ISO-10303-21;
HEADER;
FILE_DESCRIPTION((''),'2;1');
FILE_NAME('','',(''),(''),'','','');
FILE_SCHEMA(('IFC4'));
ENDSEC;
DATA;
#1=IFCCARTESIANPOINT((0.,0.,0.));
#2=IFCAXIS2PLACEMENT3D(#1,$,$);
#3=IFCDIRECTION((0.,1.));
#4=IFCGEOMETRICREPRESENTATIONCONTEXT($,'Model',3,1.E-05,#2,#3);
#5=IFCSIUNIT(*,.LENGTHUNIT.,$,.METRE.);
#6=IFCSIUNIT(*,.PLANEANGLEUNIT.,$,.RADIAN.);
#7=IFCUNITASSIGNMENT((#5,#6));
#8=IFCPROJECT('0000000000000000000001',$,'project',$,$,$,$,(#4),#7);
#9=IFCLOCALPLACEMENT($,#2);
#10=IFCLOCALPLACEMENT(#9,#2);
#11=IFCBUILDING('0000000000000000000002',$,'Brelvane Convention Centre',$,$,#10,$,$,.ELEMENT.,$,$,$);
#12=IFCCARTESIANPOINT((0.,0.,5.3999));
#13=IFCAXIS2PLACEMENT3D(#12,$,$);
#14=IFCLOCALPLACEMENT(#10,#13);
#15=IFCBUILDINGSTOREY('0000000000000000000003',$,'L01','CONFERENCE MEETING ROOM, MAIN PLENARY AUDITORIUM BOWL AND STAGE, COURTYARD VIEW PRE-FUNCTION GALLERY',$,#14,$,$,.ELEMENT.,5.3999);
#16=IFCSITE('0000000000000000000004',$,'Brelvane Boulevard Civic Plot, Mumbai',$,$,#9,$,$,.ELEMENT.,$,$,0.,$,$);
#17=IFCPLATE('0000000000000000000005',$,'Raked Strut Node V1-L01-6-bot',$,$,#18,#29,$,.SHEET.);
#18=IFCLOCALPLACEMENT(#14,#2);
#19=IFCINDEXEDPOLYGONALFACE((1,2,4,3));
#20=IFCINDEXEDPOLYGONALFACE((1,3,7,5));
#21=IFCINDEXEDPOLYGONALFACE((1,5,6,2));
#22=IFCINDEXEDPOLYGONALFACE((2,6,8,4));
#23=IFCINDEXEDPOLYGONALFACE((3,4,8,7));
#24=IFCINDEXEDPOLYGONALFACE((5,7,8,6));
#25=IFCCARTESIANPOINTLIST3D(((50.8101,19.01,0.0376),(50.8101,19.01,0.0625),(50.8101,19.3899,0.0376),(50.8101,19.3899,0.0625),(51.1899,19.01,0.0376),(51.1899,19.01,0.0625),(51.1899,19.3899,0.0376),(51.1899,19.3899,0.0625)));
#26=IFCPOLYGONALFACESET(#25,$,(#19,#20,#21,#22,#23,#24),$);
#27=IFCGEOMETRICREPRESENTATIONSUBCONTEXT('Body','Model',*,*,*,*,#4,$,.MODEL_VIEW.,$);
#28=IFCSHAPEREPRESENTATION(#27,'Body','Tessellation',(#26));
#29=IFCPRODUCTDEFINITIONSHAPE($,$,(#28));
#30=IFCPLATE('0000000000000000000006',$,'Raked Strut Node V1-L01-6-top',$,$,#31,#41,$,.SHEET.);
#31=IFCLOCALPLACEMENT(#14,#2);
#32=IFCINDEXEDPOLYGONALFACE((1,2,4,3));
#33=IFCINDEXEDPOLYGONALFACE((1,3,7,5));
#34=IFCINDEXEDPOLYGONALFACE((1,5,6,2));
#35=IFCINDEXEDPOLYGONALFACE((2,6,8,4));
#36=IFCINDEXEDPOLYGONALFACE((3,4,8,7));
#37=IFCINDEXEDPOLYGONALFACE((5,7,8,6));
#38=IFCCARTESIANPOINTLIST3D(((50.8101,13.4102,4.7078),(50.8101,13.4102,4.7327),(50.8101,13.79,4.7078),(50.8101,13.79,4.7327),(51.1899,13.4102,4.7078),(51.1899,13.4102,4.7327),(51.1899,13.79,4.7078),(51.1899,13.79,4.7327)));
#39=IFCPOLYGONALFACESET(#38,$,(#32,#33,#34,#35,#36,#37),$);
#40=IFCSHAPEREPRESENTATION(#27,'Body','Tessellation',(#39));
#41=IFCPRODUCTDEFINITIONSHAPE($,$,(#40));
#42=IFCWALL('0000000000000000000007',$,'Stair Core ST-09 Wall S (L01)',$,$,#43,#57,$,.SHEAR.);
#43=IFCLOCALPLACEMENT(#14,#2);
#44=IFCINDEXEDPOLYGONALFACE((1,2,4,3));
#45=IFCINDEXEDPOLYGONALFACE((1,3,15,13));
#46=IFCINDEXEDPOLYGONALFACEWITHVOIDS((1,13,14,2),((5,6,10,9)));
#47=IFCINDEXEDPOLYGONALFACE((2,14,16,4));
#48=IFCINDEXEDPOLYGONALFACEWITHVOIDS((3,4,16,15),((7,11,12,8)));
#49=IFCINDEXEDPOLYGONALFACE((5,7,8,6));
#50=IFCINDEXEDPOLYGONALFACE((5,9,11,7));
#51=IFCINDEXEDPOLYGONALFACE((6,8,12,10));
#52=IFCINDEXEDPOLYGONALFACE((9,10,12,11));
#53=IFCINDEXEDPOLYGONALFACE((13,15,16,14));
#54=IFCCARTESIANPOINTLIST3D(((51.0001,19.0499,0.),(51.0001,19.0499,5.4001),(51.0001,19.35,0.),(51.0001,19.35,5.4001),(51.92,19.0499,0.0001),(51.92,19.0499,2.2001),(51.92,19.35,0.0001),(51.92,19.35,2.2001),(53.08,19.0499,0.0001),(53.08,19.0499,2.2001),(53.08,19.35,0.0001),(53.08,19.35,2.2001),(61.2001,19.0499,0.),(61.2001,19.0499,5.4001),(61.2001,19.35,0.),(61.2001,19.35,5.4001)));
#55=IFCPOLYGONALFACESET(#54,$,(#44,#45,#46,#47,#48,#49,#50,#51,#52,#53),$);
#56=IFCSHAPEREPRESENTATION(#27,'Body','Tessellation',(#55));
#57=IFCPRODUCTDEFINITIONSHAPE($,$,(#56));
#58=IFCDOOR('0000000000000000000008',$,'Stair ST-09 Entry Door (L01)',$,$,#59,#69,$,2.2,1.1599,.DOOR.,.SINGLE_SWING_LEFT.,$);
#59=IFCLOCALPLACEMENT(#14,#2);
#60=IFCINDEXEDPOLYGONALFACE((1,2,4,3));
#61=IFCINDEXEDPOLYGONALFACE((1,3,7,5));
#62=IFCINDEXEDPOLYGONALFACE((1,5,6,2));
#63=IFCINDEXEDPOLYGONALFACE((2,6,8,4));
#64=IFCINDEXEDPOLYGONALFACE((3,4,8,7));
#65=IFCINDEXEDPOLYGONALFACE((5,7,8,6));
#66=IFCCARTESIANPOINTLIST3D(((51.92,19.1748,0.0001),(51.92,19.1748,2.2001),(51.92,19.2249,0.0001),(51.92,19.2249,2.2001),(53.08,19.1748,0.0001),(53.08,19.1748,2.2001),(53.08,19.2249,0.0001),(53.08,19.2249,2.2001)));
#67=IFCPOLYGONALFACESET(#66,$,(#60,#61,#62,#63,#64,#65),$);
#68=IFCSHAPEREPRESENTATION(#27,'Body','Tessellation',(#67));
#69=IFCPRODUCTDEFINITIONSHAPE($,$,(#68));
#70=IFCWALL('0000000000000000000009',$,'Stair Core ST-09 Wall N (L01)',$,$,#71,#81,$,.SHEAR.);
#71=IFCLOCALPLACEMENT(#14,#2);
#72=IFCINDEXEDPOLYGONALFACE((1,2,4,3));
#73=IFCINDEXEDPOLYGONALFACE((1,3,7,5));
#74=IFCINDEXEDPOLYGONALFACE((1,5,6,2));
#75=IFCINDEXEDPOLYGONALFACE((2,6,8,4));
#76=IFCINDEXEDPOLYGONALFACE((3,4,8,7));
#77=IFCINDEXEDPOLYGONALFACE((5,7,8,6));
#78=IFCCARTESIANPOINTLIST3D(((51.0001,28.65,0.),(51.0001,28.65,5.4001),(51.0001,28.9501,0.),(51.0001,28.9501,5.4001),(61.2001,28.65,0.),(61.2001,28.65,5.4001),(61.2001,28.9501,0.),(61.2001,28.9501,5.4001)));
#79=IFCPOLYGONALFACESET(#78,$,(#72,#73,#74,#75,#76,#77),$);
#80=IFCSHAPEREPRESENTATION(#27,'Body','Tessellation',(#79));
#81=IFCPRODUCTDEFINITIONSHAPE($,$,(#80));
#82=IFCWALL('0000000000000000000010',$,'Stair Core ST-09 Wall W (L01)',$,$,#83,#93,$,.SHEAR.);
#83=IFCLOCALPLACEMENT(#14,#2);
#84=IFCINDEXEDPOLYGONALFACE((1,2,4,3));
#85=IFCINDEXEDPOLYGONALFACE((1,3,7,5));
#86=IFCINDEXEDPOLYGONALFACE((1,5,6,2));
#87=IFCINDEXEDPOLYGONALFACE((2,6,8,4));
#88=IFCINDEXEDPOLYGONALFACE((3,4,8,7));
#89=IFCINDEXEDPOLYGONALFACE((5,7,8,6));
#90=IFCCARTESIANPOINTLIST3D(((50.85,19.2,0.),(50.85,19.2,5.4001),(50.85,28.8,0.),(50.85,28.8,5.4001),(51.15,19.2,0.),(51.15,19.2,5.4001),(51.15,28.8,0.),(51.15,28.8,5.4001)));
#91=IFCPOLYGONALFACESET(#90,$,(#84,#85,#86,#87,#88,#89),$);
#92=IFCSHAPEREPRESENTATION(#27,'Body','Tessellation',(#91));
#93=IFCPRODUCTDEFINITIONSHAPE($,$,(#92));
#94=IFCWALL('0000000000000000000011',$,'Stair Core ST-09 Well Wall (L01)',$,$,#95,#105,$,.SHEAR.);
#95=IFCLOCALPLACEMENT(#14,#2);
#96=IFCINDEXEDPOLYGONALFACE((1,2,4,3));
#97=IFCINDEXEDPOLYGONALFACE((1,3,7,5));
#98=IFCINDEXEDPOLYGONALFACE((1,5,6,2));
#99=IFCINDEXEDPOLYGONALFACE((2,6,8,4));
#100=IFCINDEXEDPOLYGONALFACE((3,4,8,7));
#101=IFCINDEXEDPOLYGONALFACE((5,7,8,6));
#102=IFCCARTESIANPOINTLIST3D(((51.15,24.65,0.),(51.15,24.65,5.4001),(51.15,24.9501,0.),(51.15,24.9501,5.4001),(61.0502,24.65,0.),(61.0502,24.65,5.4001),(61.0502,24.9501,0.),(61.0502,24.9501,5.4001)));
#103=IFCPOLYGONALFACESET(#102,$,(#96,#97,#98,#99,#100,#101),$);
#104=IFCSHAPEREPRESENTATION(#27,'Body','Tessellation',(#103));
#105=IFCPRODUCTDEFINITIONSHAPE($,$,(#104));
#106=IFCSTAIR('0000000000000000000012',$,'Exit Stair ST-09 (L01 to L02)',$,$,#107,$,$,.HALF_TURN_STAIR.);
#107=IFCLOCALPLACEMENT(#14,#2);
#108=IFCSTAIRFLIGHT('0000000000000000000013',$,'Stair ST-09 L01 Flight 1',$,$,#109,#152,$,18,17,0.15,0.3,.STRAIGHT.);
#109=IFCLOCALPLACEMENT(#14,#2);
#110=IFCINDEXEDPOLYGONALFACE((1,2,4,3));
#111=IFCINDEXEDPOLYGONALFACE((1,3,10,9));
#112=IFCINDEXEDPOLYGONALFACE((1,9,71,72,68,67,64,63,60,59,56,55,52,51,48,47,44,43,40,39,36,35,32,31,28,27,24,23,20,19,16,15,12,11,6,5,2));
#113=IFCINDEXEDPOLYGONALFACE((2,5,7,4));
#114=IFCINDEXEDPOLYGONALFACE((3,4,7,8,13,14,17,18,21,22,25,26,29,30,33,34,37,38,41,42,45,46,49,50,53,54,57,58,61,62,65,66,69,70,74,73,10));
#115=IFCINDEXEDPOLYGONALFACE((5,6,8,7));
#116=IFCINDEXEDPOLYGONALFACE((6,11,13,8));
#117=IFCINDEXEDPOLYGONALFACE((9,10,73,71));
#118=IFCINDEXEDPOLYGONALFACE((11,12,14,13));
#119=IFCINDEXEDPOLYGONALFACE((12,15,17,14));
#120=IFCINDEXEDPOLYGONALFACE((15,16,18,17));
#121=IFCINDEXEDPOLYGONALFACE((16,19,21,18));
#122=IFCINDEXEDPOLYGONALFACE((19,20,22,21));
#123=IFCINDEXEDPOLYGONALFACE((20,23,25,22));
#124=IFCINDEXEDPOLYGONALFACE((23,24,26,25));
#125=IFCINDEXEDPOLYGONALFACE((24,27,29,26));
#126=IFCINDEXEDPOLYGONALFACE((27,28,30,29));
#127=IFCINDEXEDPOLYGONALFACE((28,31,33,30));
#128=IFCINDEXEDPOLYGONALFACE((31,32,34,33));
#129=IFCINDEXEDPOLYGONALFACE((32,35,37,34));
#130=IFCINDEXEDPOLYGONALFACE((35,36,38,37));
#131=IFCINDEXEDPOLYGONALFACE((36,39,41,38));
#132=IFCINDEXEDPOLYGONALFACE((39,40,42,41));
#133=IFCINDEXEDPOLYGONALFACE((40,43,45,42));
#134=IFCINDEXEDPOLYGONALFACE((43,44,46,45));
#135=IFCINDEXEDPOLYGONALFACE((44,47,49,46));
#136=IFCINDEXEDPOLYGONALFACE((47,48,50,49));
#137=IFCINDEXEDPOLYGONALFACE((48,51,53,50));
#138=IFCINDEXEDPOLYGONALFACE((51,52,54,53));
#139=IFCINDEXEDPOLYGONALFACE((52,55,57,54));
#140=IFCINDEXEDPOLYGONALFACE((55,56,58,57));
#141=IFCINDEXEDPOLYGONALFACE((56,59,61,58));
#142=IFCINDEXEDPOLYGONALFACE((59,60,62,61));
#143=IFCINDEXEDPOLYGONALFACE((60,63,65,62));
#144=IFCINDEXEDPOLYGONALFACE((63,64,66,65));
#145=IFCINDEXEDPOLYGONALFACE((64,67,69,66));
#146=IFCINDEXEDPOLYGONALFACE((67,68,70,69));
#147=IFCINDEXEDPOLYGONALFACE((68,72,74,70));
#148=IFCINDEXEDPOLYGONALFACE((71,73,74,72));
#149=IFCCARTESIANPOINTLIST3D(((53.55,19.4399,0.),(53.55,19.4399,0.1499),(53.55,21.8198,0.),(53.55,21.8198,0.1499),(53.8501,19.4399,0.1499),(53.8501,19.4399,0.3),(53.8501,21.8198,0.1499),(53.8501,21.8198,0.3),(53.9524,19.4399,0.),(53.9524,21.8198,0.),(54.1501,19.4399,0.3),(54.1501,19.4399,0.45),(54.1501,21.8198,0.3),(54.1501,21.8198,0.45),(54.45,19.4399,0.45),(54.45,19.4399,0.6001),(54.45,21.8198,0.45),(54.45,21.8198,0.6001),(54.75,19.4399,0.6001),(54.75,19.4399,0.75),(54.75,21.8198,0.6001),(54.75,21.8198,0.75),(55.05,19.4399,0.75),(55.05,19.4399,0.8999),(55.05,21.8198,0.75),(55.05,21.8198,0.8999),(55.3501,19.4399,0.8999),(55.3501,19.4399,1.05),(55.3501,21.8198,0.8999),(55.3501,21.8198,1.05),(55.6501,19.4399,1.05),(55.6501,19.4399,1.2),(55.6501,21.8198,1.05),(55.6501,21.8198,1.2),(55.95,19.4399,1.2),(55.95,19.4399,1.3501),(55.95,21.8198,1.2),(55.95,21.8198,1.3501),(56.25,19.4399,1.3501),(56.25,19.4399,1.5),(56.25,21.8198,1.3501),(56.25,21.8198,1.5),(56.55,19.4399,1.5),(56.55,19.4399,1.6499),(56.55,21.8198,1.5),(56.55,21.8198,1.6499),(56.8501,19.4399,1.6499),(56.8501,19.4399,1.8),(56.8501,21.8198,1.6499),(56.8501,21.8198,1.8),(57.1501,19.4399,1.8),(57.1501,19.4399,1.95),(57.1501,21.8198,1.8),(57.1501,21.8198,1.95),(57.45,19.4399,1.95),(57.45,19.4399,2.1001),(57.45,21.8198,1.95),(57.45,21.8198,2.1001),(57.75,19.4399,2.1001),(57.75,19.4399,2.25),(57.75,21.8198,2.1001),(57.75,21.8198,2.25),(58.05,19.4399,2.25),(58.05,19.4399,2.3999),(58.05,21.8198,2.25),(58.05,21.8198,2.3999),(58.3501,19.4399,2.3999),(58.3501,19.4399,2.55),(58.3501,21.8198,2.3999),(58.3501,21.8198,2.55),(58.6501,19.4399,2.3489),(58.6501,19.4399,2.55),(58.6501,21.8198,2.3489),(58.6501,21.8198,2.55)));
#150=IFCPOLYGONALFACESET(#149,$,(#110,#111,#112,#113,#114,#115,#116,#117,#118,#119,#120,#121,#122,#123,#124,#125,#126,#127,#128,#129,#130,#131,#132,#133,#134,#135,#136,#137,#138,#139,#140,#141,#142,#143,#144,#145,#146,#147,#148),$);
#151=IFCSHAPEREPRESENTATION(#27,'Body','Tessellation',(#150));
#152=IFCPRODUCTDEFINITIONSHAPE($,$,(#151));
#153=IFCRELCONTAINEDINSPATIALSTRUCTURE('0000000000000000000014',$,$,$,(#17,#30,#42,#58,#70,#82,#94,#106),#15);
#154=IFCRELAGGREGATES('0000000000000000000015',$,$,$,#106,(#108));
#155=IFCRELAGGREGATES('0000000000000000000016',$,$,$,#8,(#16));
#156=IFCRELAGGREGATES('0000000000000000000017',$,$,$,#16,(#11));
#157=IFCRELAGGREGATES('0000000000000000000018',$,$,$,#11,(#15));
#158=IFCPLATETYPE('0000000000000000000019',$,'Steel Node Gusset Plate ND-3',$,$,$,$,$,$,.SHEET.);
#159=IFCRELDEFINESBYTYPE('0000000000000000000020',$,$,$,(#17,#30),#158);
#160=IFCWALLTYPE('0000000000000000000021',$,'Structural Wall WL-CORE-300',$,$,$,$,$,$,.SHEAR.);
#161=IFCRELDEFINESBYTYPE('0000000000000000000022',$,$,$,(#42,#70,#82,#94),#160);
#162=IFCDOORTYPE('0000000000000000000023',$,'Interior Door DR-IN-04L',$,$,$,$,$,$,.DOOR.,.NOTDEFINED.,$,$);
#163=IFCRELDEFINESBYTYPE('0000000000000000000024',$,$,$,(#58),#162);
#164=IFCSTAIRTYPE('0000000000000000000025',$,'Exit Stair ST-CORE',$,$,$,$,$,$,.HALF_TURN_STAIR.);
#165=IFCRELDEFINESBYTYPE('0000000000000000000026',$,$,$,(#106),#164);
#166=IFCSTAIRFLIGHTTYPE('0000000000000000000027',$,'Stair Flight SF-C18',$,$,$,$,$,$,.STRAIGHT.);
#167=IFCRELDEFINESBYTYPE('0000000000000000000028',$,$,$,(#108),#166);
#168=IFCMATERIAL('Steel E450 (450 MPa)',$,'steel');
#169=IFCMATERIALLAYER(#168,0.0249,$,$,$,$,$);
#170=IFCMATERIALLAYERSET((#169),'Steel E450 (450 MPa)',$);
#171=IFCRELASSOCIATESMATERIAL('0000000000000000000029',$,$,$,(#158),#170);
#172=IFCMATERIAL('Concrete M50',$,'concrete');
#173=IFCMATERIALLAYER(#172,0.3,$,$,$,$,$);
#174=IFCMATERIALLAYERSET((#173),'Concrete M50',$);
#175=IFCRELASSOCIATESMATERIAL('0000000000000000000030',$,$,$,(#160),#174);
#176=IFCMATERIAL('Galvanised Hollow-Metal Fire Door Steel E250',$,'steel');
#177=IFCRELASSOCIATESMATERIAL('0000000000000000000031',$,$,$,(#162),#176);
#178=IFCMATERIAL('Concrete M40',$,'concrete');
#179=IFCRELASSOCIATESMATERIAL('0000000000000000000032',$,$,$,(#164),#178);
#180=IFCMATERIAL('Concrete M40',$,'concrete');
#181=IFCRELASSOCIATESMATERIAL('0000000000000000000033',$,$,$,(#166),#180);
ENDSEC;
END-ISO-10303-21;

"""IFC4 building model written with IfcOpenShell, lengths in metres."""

from ifc_helpers import new_model, si_unit, direction, frame, frame_2d, origin, origin_2d, place, context, subcontext, project, spatial, polyline, rectangle, outline, extrude, material, layer, layer_set, type_object, element, fill, aggregate, save


model = new_model("IFC4")

# Units and contexts
model_context = context("Model", 3, precision=1e-05, world=origin(), true_north=direction((0.0, 1.0)))
body_context = subcontext(model_context, "Body", "Model", "MODEL_VIEW")
ifc_project = project(units=[si_unit("LENGTHUNIT", "METRE"), si_unit("PLANEANGLEUNIT", "RADIAN")], contexts=[model_context])

# Site, building, storey
site_placement = place(None, origin())
site = spatial("IfcSite", under=ifc_project, at=site_placement, Name="Brelvane Boulevard Civic Plot, Mumbai", CompositionType="ELEMENT", RefElevation=0.0)
building_placement = place(site_placement, origin())
building = spatial("IfcBuilding", under=site, at=building_placement, Name="Brelvane Convention Centre", CompositionType="ELEMENT")
storey_placement = place(building_placement, frame((0.0, 0.0, 5.3999)))
storey = spatial("IfcBuildingStorey", under=building, at=storey_placement, Name="L01", Description="CONFERENCE MEETING ROOM, MAIN PLENARY AUDITORIUM BOWL AND STAGE, COURTYARD VIEW PRE-FUNCTION GALLERY", CompositionType="ELEMENT", Elevation=5.3999)

# Plates
ifc_material_1 = material(Name="Steel E450 (450 MPa)", Category="steel")
ifc_layer_1 = layer(ifc_material_1, 0.0249)
ifc_layer_set_1 = layer_set([ifc_layer_1], Name="Steel E450 (450 MPa)")
plate_type_1 = type_object("IfcPlateType", Name="Steel Node Gusset Plate ND-3", PredefinedType="SHEET", material=ifc_layer_set_1)
for number, where, z_axis, x_axis, name in (
    (1, (51.0, 19.2, 0.0376), (0.0, 0.0, 1.0), (1.0, 0.0, 0.0), "Raked Strut Node V1-L01-6-bot"),
    (2, (51.0, 13.6001, 4.7078), (0.0, 0.0, 1.0), (1.0, 0.0, 0.0), "Raked Strut Node V1-L01-6-top"),
):
    element("IfcPlate", number, at=place(storey_placement, frame(where, z_axis=z_axis, x_axis=x_axis)), inside=storey, type_object=plate_type_1, Name=name, PredefinedType="SHEET", context=body_context, shape_type="SweptSolid", body=[
        extrude(rectangle(XDim=0.3799, YDim=0.3799, at=origin_2d()), origin(), (0.0, 0.0, 1.0), 0.0249),
    ])

# Wall, opening, door
ifc_material_2 = material(Name="Concrete M50", Category="concrete")
ifc_layer_2 = layer(ifc_material_2, 0.3)
ifc_layer_set_2 = layer_set([ifc_layer_2], Name="Concrete M50")
wall_type = type_object("IfcWallType", Name="Structural Wall WL-CORE-300", PredefinedType="SHEAR", material=ifc_layer_set_2)
wall_1_placement = place(storey_placement, frame((51.0, 19.2, 0.0), z_axis=(0.0, 0.0, 1.0), x_axis=(1.0, 0.0, 0.0)))
wall_1 = element("IfcWall", 3, at=wall_1_placement, inside=storey, type_object=wall_type, Name="Stair Core ST-09 Wall S (L01)", PredefinedType="SHEAR", context=body_context, shape_type="SweptSolid", body=[
    extrude(rectangle(XDim=10.2, YDim=0.3, at=frame_2d((5.1001, 0.0))), origin(), (0.0, 0.0, 1.0), 5.4001),
])
opening_placement = place(wall_1_placement, frame((0.9199, 0.0, 0.0)))
opening = element("IfcOpeningElement", 4, at=opening_placement, cuts=wall_1, PredefinedType="OPENING", context=body_context, shape_type="SweptSolid", body=[
    extrude(rectangle(XDim=1.1599, YDim=2.2, at=frame_2d((0.5801, 1.1001))), frame((0.0, 0.1599, 0.0), z_axis=(0.0, -1.0, 0.0), x_axis=(1.0, 0.0, 0.0)), (0.0, 0.0, 1.0), 0.3201),
])
ifc_material_3 = material(Name="Galvanised Hollow-Metal Fire Door Steel E250", Category="steel")
door_type = type_object("IfcDoorType", Name="Interior Door DR-IN-04L", OperationType="NOTDEFINED", PredefinedType="DOOR", material=ifc_material_3)
door_placement = place(opening_placement, origin())
door = element("IfcDoor", 5, at=door_placement, inside=storey, type_object=door_type, Name="Stair ST-09 Entry Door (L01)", OperationType="SINGLE_SWING_LEFT", OverallHeight=2.2, OverallWidth=1.1599, PredefinedType="DOOR", context=body_context, shape_type="SweptSolid", body=[
    extrude(rectangle(XDim=1.1599, YDim=2.2, at=frame_2d((0.5801, 1.1001))), frame((0.0, 0.0249, 0.0), z_axis=(0.0, -1.0, 0.0), x_axis=(1.0, 0.0, 0.0)), (0.0, 0.0, 1.0), 0.05),
])
fill(opening, door)

# Walls
wall_2_placement = place(storey_placement, frame((51.0, 28.8, 0.0), z_axis=(0.0, 0.0, 1.0), x_axis=(1.0, 0.0, 0.0)))
element("IfcWall", 6, at=wall_2_placement, inside=storey, type_object=wall_type, Name="Stair Core ST-09 Wall N (L01)", PredefinedType="SHEAR", context=body_context, shape_type="SweptSolid", body=[
    extrude(rectangle(XDim=10.2, YDim=0.3, at=frame_2d((5.1001, 0.0))), origin(), (0.0, 0.0, 1.0), 5.4001),
])
wall_3_placement = place(storey_placement, frame((51.0, 19.2, 0.0), z_axis=(0.0, 0.0, 1.0), x_axis=(0.0, 1.0, 0.0)))
element("IfcWall", 7, at=wall_3_placement, inside=storey, type_object=wall_type, Name="Stair Core ST-09 Wall W (L01)", PredefinedType="SHEAR", context=body_context, shape_type="SweptSolid", body=[
    extrude(rectangle(XDim=9.6001, YDim=0.3, at=frame_2d((4.8, 0.0))), origin(), (0.0, 0.0, 1.0), 5.4001),
])
wall_4_placement = place(storey_placement, frame((51.1499, 24.8, 0.0), z_axis=(0.0, 0.0, 1.0), x_axis=(1.0, 0.0, 0.0)))
element("IfcWall", 8, at=wall_4_placement, inside=storey, type_object=wall_type, Name="Stair Core ST-09 Well Wall (L01)", PredefinedType="SHEAR", context=body_context, shape_type="SweptSolid", body=[
    extrude(rectangle(XDim=9.9001, YDim=0.3, at=frame_2d((4.9502, 0.0))), origin(), (0.0, 0.0, 1.0), 5.4001),
])

# Stair, stair flight
ifc_material_4 = material(Name="Concrete M40", Category="concrete")
stair_type = type_object("IfcStairType", Name="Exit Stair ST-CORE", PredefinedType="HALF_TURN_STAIR", material=ifc_material_4)
stair_placement = place(storey_placement, origin())
stair = element("IfcStair", 9, at=stair_placement, inside=storey, type_object=stair_type, Name="Exit Stair ST-09 (L01 to L02)", PredefinedType="HALF_TURN_STAIR")
ifc_material_5 = material(Name="Concrete M40", Category="concrete")
stair_flight_type = type_object("IfcStairFlightType", Name="Stair Flight SF-C18", PredefinedType="STRAIGHT", material=ifc_material_5)
stair_flight_placement = place(storey_placement, frame((53.55, 20.6299, 0.0), z_axis=(0.0, 0.0, 1.0), x_axis=(1.0, 0.0, 0.0)))
stair_flight = element("IfcStairFlight", 10, at=stair_flight_placement, type_object=stair_flight_type, Name="Stair ST-09 L01 Flight 1", NumberOfRisers=18, NumberOfTreads=17, PredefinedType="STRAIGHT", RiserHeight=0.15, TreadLength=0.3, context=body_context, shape_type="SweptSolid", body=[
    extrude(outline(polyline([(0.0, 0.0), (0.0, 0.1499), (0.3, 0.1499), (0.3, 0.3), (0.6001, 0.3), (0.6001, 0.45), (0.8999, 0.45), (0.8999, 0.6001), (1.2, 0.6001), (1.2, 0.75), (1.5, 0.75), (1.5, 0.8999), (1.8, 0.8999), (1.8, 1.05), (2.1001, 1.05), (2.1001, 1.2), (2.3999, 1.2), (2.3999, 1.3501), (2.7, 1.3501), (2.7, 1.5), (3.0, 1.5), (3.0, 1.6499), (3.3, 1.6499), (3.3, 1.8), (3.6001, 1.8), (3.6001, 1.95), (3.8999, 1.95), (3.8999, 2.1001), (4.2, 2.1001), (4.2, 2.25), (4.5, 2.25), (4.5, 2.3999), (4.8, 2.3999), (4.8, 2.55), (5.1001, 2.55), (5.1001, 2.7), (5.1001, 2.3489), (0.4023, 0.0), (0.0, 0.0)])), frame((0.0, 1.1899, 0.0), z_axis=(0.0, -1.0, 0.0), x_axis=(1.0, 0.0, 0.0)), (0.0, 0.0, 1.0), 2.3799),
])
aggregate(stair, [stair_flight])

save(model, "model.ifc")
